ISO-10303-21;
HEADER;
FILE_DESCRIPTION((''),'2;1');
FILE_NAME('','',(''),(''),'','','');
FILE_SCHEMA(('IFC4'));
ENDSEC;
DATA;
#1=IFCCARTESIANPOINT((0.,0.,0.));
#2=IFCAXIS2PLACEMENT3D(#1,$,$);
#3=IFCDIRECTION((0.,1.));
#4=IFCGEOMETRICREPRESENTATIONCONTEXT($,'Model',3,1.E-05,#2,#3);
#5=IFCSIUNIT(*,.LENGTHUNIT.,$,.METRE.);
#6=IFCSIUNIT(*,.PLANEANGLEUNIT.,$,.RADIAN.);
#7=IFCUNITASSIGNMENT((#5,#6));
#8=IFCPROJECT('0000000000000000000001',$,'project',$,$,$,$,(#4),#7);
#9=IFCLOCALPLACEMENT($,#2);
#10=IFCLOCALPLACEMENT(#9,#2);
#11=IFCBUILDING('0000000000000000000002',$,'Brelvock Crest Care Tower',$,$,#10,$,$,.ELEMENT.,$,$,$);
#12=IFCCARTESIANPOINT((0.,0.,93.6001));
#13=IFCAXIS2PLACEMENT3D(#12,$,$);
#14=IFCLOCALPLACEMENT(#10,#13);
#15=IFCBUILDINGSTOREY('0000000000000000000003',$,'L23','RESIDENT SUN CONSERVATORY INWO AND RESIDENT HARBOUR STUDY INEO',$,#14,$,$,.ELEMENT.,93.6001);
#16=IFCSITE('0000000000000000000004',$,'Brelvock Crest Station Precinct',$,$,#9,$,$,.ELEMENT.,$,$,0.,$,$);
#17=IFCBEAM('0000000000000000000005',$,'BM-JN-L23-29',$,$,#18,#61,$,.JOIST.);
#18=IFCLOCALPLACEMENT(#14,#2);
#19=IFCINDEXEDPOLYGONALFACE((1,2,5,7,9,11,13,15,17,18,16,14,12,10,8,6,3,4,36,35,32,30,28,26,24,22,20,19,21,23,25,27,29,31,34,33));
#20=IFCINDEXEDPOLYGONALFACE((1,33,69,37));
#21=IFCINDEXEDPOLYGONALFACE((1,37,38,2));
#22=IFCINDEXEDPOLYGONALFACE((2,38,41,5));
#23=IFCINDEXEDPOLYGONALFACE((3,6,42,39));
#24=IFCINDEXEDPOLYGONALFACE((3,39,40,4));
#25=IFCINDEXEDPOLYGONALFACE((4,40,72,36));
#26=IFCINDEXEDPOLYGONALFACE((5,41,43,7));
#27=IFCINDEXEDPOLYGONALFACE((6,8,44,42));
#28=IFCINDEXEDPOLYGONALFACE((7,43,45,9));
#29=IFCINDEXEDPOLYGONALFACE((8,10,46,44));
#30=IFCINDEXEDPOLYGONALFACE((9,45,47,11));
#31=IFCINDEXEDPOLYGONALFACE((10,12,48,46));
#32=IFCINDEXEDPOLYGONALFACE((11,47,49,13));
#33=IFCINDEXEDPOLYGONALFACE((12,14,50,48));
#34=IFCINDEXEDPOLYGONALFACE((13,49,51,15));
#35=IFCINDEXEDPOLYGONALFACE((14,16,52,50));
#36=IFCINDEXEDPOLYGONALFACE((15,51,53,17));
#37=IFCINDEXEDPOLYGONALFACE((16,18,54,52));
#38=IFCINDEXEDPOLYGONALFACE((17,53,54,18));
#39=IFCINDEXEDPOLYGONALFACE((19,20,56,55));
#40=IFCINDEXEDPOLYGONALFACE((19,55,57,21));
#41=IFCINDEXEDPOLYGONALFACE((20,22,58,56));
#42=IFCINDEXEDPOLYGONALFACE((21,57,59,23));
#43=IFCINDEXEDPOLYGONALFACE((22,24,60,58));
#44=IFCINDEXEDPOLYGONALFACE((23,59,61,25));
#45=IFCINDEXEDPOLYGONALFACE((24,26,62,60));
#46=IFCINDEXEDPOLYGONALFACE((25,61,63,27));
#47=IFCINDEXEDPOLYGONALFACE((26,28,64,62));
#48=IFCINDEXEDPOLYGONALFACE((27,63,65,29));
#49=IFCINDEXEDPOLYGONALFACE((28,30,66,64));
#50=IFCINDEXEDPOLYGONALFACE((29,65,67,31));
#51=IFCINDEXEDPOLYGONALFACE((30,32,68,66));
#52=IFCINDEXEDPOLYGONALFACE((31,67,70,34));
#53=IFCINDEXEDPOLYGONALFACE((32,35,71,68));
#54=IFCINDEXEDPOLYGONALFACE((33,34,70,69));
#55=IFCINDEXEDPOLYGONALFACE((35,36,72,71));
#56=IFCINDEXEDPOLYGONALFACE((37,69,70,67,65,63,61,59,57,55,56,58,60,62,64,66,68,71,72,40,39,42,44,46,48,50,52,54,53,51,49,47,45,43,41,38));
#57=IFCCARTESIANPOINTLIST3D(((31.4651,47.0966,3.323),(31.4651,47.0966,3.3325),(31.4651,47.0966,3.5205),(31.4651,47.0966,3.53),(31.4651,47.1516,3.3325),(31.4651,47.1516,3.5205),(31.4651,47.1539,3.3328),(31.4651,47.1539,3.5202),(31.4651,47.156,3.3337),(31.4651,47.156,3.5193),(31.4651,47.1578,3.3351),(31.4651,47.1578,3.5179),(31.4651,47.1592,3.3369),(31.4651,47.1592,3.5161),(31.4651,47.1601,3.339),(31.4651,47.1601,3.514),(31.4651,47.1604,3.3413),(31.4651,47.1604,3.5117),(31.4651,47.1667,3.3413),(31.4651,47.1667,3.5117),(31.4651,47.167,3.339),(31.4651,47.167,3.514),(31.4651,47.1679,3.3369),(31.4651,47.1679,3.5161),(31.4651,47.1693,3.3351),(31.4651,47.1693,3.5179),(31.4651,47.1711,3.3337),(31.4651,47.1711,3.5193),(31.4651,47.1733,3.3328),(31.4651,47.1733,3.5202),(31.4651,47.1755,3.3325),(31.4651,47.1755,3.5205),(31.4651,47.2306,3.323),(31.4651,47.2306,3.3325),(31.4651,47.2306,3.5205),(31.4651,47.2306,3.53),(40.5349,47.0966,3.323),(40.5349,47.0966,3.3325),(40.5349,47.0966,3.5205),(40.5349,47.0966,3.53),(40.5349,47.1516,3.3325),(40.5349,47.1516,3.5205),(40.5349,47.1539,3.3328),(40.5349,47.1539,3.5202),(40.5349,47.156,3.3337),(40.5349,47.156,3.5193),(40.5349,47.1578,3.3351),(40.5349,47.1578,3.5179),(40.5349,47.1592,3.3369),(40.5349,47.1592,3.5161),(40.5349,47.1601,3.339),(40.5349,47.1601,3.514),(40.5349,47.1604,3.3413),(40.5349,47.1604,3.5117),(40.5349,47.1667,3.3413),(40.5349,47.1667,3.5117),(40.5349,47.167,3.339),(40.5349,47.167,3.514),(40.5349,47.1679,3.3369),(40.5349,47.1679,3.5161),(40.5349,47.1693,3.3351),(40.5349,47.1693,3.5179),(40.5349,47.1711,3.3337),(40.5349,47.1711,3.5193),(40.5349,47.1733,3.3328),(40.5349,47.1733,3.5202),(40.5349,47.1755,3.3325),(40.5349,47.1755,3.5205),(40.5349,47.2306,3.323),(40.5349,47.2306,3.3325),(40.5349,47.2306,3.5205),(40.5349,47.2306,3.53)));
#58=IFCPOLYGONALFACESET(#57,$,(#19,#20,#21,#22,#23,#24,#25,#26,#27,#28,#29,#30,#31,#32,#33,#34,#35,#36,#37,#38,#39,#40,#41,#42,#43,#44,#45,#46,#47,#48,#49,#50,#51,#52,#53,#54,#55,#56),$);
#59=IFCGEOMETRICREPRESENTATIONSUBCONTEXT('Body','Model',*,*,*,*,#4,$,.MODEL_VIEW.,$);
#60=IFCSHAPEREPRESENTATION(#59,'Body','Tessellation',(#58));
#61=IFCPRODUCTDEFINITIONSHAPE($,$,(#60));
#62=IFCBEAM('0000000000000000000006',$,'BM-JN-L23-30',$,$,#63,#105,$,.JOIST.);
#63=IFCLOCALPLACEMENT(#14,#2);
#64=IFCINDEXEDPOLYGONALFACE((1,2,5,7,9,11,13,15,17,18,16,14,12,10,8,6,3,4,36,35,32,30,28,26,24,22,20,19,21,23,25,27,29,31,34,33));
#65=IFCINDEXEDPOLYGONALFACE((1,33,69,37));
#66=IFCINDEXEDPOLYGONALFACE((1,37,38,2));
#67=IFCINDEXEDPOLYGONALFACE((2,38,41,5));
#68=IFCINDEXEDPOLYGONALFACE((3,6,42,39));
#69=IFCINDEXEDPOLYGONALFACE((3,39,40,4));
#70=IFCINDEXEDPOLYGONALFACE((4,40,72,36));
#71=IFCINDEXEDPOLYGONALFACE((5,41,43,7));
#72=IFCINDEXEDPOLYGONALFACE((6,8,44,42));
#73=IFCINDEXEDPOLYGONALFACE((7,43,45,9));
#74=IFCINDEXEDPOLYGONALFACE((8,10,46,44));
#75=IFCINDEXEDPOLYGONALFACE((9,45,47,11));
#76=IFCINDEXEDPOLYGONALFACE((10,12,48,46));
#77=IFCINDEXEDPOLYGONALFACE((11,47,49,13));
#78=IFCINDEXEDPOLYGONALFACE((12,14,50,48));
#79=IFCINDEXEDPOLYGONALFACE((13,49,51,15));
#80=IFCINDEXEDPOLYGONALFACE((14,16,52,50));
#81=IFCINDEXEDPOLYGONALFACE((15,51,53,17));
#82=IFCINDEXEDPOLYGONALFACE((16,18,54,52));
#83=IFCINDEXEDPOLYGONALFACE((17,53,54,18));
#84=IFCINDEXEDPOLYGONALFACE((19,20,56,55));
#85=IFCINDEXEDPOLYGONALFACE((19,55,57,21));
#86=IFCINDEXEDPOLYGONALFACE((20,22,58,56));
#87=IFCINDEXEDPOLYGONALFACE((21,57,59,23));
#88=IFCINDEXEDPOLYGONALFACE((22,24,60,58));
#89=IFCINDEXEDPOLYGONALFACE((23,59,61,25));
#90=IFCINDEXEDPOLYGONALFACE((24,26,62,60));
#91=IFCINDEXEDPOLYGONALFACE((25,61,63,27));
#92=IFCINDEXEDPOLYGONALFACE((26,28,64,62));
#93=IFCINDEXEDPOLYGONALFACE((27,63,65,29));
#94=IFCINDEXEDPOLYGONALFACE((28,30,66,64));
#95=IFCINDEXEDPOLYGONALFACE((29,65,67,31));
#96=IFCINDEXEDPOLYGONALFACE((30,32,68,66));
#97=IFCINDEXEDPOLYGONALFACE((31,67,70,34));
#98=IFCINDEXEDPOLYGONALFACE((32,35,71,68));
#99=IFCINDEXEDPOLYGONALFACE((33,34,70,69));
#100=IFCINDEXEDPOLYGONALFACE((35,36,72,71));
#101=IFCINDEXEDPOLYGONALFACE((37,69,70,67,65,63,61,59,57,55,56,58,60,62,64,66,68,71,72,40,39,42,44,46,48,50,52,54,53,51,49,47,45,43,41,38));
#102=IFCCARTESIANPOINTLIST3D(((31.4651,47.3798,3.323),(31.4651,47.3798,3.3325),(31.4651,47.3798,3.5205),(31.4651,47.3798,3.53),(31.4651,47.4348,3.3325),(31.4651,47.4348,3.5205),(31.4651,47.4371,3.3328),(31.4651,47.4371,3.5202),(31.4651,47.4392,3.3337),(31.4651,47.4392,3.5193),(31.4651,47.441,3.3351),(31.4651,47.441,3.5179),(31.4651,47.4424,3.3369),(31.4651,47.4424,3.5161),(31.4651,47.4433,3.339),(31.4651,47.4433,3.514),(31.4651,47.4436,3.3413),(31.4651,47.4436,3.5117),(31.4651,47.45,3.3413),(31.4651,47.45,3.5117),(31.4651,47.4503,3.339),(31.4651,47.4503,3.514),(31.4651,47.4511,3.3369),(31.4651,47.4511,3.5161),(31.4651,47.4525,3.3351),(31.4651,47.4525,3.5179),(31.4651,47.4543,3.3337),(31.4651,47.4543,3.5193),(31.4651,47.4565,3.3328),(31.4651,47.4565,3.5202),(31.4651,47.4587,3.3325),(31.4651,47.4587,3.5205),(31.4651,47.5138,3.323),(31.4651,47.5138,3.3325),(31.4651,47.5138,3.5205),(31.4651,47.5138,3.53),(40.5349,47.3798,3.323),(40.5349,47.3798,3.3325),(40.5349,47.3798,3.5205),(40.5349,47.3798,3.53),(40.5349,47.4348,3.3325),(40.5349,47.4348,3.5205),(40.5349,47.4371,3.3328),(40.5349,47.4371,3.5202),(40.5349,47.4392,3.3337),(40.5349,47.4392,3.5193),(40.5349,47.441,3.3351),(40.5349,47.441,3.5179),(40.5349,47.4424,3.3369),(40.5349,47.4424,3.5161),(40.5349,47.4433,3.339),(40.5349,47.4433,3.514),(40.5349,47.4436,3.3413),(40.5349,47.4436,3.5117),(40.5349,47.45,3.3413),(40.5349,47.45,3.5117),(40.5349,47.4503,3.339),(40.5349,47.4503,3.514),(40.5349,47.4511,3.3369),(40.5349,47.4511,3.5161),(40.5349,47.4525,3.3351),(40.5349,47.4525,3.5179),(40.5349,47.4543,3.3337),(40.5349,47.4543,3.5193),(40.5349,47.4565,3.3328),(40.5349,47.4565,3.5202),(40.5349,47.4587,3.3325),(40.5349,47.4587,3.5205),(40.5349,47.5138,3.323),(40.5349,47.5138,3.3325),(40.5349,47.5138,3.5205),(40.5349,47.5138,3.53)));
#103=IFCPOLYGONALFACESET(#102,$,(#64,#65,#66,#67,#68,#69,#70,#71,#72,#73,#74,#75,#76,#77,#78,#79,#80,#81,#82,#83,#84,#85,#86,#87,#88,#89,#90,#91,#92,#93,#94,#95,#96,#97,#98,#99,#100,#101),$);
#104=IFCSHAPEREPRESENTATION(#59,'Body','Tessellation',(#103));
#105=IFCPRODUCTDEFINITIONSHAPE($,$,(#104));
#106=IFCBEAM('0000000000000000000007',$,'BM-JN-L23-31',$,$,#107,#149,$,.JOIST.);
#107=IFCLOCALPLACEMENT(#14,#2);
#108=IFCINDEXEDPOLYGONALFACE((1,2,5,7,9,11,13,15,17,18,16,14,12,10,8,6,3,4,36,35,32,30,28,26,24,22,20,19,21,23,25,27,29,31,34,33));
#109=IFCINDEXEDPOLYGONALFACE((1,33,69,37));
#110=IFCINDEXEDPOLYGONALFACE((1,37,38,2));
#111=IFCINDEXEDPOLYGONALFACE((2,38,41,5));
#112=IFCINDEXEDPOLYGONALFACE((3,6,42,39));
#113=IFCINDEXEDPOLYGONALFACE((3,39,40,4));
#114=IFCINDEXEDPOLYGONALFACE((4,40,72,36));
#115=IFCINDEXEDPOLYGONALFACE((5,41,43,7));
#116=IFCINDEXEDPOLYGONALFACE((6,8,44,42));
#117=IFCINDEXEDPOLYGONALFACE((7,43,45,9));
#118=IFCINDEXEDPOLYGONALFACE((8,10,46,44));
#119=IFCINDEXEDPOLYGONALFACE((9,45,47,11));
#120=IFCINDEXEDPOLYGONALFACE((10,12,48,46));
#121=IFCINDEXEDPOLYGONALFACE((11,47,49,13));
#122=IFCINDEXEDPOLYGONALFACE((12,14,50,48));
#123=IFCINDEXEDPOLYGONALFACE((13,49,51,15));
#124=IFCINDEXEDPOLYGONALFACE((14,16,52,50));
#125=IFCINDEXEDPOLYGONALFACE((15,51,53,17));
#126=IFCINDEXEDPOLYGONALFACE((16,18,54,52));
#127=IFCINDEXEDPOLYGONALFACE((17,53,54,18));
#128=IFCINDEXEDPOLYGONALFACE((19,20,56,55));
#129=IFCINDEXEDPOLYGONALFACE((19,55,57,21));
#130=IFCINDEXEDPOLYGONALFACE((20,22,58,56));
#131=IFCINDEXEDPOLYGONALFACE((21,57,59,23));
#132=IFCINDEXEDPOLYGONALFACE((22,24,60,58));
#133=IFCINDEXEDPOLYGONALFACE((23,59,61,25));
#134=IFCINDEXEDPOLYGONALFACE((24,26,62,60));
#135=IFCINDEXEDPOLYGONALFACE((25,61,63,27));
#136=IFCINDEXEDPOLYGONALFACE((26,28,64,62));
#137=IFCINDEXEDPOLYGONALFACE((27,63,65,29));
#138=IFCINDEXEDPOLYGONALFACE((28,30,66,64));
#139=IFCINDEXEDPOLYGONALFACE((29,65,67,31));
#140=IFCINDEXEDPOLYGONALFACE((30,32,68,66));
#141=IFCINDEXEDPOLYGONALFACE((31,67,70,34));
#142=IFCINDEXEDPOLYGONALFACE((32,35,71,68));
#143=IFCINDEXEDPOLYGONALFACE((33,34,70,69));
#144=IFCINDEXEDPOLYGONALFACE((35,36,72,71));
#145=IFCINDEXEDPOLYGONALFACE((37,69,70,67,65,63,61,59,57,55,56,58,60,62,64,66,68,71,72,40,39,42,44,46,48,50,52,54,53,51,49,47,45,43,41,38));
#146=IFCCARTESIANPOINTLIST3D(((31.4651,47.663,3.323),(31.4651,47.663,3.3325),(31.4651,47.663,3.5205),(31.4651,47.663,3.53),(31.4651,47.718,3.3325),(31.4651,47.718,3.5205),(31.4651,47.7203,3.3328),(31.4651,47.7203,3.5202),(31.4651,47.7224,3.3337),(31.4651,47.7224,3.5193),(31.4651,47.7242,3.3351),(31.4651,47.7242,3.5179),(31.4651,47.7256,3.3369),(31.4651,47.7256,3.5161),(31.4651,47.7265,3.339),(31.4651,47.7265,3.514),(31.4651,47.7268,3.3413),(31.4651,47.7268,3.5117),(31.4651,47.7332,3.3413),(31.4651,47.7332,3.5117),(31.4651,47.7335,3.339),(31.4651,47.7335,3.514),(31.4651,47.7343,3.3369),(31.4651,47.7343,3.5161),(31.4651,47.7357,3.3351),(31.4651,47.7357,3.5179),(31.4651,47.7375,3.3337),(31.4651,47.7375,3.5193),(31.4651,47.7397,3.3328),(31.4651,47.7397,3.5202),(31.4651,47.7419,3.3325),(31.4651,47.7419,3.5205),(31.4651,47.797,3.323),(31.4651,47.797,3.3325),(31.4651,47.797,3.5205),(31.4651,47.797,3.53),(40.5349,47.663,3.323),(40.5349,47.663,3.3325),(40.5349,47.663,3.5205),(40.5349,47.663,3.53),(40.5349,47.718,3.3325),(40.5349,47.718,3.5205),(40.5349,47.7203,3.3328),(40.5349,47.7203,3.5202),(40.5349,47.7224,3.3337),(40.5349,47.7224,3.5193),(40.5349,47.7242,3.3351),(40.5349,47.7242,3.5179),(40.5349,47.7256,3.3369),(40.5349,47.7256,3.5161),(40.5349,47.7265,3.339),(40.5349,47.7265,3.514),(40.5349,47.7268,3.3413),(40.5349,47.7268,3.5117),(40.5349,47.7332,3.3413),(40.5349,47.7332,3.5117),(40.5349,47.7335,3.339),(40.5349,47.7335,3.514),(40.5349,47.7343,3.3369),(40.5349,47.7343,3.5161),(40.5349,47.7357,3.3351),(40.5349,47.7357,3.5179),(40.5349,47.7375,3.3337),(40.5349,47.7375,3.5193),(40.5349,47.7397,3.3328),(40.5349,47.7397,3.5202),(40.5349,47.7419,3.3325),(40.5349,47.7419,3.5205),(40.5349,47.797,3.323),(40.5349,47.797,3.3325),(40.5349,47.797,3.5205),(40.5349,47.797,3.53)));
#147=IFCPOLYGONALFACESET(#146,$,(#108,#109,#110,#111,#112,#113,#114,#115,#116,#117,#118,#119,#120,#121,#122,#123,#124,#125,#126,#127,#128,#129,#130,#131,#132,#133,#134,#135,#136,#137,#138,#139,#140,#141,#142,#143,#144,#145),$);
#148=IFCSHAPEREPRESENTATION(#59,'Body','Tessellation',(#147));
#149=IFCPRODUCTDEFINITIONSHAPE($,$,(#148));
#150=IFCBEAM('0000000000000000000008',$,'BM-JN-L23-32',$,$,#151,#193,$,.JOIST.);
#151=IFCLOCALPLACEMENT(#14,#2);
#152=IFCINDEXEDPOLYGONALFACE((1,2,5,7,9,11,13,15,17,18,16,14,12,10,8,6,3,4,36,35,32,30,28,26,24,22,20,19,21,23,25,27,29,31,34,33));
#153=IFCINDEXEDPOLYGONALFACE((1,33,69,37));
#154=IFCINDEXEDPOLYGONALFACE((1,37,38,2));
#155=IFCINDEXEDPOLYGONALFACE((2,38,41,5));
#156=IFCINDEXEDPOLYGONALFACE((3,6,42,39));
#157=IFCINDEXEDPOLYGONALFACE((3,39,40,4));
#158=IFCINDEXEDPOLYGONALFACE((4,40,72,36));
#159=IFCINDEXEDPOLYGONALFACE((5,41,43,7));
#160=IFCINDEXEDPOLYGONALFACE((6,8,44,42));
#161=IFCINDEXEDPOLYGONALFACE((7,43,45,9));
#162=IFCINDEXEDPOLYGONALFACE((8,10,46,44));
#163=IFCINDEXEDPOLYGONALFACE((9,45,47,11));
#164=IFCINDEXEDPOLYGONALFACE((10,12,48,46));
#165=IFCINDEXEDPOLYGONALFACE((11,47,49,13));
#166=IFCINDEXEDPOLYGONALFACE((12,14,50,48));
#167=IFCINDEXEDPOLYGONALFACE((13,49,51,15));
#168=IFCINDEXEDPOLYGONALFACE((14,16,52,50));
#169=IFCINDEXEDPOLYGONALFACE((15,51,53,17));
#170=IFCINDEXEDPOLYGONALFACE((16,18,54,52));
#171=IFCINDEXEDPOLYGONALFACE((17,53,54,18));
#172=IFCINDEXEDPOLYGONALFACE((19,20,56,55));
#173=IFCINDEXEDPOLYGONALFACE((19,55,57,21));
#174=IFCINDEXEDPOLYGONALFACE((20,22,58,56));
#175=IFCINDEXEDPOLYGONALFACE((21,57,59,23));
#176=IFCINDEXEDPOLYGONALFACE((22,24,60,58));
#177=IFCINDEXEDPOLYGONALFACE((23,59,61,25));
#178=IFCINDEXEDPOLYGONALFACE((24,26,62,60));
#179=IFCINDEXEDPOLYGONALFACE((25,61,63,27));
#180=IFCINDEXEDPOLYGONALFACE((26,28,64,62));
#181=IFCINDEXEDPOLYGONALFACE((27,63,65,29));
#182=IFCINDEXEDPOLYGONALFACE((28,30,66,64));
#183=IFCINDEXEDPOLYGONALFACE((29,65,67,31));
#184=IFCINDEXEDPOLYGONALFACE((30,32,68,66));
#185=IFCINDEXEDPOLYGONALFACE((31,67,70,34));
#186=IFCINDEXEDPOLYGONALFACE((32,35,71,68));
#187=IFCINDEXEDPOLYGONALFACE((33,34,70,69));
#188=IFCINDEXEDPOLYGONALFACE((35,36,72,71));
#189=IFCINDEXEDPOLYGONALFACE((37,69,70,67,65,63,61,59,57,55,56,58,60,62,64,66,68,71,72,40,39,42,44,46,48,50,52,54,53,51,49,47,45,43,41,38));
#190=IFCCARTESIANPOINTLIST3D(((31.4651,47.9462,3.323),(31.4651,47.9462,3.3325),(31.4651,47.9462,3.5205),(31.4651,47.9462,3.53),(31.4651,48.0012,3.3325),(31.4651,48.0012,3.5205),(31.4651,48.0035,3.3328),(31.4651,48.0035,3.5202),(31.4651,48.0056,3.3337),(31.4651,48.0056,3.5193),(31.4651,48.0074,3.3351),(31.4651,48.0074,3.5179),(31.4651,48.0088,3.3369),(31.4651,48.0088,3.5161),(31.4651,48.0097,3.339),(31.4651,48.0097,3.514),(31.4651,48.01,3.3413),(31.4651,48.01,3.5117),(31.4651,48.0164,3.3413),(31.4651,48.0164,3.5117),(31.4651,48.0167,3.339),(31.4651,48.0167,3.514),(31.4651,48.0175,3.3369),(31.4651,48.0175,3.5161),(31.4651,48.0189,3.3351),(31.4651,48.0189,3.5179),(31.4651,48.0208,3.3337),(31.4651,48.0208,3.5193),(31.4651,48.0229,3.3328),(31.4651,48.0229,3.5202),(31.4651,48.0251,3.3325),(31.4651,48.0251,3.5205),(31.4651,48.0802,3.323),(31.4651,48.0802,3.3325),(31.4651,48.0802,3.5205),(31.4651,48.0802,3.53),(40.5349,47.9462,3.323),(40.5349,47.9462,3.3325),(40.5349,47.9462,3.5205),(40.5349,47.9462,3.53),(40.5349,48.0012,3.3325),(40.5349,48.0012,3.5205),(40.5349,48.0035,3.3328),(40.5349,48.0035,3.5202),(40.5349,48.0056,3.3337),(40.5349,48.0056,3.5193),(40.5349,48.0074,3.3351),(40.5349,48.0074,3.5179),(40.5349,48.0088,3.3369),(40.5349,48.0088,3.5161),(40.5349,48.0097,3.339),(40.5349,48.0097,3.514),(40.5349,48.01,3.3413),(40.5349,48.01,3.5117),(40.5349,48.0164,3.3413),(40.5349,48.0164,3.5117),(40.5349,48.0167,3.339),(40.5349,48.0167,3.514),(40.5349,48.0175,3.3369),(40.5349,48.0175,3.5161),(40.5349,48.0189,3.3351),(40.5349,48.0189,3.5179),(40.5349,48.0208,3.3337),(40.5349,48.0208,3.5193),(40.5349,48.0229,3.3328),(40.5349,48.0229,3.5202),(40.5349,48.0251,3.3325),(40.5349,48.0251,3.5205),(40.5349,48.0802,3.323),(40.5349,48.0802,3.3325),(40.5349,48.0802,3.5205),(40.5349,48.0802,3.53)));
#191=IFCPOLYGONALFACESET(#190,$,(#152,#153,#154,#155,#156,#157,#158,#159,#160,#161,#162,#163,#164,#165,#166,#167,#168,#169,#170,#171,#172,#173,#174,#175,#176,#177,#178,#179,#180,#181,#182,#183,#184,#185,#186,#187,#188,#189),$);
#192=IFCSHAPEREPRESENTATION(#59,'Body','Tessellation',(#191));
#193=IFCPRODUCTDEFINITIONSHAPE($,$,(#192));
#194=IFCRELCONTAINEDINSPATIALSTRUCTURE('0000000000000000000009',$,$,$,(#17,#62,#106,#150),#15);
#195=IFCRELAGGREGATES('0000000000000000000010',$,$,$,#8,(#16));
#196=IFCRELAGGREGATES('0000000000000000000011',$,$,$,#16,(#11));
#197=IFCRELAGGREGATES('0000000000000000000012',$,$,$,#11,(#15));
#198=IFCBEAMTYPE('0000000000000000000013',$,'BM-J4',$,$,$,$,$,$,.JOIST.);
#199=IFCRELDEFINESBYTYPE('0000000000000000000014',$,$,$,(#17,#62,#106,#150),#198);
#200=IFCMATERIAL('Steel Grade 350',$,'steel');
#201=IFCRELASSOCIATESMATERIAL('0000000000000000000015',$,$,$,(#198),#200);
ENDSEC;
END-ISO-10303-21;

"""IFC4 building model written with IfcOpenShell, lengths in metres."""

from ifc_helpers import new_model, si_unit, direction, frame, origin, origin_2d, place, context, subcontext, project, spatial, i_section, extrude, source, transform, mapped, material, material_profile, profile_set, type_object, element, save


model = new_model("IFC4")

# Units and contexts
model_context = context("Model", 3, precision=1e-05, world=origin(), true_north=direction((0.0, 1.0)))
body_context = subcontext(model_context, "Body", "Model", "MODEL_VIEW")
ifc_project = project(units=[si_unit("LENGTHUNIT", "METRE"), si_unit("PLANEANGLEUNIT", "RADIAN")], contexts=[model_context])

# Site, building, storey
site_placement = place(None, origin())
site = spatial("IfcSite", under=ifc_project, at=site_placement, Name="Brelvock Crest Station Precinct", CompositionType="ELEMENT", RefElevation=0.0)
building_placement = place(site_placement, origin())
building = spatial("IfcBuilding", under=site, at=building_placement, Name="Brelvock Crest Care Tower", CompositionType="ELEMENT")
storey_placement = place(building_placement, frame((0.0, 0.0, 93.6001)))
storey = spatial("IfcBuildingStorey", under=building, at=storey_placement, Name="L23", Description="RESIDENT SUN CONSERVATORY INWO AND RESIDENT HARBOUR STUDY INEO", CompositionType="ELEMENT", Elevation=93.6001)

# Shared definitions
ifc_material_1 = material(Name="Steel Grade 350", Category="steel")

# Beams
ifc_material_profile_1 = material_profile(ifc_material_1, i_section(OverallWidth=0.134, OverallDepth=0.207, WebThickness=0.0063, FlangeThickness=0.0095, FilletRadius=0.0088, at=origin_2d()), Name="200UB29.8")
ifc_profile_set_1 = profile_set([ifc_material_profile_1], Name="Steel Grade 350")
beam_type_1 = type_object("IfcBeamType", Name="BM-J4", PredefinedType="JOIST", material=ifc_profile_set_1)
shared_shape_1 = source(origin(), body_context, "Body", "SweptSolid", [
    extrude(i_section(OverallWidth=0.134, OverallDepth=0.207, WebThickness=0.0063, FlangeThickness=0.0095, FilletRadius=0.0088, at=origin_2d()), origin(), (0.0, 0.0, 1.0), 9.0698),
])
for number, where, z_axis, x_axis, name in (
    (1, (31.4651, 47.1636, 3.4265), (1.0, 0.0, 0.0), (0.0, 1.0, 0.0), "BM-JN-L23-29"),
    (2, (31.4651, 47.4468, 3.4265), (1.0, 0.0, 0.0), (0.0, 1.0, 0.0), "BM-JN-L23-30"),
    (3, (31.4651, 47.73, 3.4265), (1.0, 0.0, 0.0), (0.0, 1.0, 0.0), "BM-JN-L23-31"),
    (4, (31.4651, 48.0132, 3.4265), (1.0, 0.0, 0.0), (0.0, 1.0, 0.0), "BM-JN-L23-32"),
):
    element("IfcBeam", number, at=place(storey_placement, frame(where, z_axis=z_axis, x_axis=x_axis)), inside=storey, type_object=beam_type_1, Name=name, PredefinedType="JOIST", context=body_context, shape_type="MappedRepresentation", body=[
        mapped(shared_shape_1, transform((0.0, 0.0, 0.0), x_axis=(1.0, 0.0, 0.0), y_axis=(0.0, 1.0, 0.0), z_axis=(0.0, 0.0, 1.0), scale=1.0)),
    ])

save(model, "model.ifc")
